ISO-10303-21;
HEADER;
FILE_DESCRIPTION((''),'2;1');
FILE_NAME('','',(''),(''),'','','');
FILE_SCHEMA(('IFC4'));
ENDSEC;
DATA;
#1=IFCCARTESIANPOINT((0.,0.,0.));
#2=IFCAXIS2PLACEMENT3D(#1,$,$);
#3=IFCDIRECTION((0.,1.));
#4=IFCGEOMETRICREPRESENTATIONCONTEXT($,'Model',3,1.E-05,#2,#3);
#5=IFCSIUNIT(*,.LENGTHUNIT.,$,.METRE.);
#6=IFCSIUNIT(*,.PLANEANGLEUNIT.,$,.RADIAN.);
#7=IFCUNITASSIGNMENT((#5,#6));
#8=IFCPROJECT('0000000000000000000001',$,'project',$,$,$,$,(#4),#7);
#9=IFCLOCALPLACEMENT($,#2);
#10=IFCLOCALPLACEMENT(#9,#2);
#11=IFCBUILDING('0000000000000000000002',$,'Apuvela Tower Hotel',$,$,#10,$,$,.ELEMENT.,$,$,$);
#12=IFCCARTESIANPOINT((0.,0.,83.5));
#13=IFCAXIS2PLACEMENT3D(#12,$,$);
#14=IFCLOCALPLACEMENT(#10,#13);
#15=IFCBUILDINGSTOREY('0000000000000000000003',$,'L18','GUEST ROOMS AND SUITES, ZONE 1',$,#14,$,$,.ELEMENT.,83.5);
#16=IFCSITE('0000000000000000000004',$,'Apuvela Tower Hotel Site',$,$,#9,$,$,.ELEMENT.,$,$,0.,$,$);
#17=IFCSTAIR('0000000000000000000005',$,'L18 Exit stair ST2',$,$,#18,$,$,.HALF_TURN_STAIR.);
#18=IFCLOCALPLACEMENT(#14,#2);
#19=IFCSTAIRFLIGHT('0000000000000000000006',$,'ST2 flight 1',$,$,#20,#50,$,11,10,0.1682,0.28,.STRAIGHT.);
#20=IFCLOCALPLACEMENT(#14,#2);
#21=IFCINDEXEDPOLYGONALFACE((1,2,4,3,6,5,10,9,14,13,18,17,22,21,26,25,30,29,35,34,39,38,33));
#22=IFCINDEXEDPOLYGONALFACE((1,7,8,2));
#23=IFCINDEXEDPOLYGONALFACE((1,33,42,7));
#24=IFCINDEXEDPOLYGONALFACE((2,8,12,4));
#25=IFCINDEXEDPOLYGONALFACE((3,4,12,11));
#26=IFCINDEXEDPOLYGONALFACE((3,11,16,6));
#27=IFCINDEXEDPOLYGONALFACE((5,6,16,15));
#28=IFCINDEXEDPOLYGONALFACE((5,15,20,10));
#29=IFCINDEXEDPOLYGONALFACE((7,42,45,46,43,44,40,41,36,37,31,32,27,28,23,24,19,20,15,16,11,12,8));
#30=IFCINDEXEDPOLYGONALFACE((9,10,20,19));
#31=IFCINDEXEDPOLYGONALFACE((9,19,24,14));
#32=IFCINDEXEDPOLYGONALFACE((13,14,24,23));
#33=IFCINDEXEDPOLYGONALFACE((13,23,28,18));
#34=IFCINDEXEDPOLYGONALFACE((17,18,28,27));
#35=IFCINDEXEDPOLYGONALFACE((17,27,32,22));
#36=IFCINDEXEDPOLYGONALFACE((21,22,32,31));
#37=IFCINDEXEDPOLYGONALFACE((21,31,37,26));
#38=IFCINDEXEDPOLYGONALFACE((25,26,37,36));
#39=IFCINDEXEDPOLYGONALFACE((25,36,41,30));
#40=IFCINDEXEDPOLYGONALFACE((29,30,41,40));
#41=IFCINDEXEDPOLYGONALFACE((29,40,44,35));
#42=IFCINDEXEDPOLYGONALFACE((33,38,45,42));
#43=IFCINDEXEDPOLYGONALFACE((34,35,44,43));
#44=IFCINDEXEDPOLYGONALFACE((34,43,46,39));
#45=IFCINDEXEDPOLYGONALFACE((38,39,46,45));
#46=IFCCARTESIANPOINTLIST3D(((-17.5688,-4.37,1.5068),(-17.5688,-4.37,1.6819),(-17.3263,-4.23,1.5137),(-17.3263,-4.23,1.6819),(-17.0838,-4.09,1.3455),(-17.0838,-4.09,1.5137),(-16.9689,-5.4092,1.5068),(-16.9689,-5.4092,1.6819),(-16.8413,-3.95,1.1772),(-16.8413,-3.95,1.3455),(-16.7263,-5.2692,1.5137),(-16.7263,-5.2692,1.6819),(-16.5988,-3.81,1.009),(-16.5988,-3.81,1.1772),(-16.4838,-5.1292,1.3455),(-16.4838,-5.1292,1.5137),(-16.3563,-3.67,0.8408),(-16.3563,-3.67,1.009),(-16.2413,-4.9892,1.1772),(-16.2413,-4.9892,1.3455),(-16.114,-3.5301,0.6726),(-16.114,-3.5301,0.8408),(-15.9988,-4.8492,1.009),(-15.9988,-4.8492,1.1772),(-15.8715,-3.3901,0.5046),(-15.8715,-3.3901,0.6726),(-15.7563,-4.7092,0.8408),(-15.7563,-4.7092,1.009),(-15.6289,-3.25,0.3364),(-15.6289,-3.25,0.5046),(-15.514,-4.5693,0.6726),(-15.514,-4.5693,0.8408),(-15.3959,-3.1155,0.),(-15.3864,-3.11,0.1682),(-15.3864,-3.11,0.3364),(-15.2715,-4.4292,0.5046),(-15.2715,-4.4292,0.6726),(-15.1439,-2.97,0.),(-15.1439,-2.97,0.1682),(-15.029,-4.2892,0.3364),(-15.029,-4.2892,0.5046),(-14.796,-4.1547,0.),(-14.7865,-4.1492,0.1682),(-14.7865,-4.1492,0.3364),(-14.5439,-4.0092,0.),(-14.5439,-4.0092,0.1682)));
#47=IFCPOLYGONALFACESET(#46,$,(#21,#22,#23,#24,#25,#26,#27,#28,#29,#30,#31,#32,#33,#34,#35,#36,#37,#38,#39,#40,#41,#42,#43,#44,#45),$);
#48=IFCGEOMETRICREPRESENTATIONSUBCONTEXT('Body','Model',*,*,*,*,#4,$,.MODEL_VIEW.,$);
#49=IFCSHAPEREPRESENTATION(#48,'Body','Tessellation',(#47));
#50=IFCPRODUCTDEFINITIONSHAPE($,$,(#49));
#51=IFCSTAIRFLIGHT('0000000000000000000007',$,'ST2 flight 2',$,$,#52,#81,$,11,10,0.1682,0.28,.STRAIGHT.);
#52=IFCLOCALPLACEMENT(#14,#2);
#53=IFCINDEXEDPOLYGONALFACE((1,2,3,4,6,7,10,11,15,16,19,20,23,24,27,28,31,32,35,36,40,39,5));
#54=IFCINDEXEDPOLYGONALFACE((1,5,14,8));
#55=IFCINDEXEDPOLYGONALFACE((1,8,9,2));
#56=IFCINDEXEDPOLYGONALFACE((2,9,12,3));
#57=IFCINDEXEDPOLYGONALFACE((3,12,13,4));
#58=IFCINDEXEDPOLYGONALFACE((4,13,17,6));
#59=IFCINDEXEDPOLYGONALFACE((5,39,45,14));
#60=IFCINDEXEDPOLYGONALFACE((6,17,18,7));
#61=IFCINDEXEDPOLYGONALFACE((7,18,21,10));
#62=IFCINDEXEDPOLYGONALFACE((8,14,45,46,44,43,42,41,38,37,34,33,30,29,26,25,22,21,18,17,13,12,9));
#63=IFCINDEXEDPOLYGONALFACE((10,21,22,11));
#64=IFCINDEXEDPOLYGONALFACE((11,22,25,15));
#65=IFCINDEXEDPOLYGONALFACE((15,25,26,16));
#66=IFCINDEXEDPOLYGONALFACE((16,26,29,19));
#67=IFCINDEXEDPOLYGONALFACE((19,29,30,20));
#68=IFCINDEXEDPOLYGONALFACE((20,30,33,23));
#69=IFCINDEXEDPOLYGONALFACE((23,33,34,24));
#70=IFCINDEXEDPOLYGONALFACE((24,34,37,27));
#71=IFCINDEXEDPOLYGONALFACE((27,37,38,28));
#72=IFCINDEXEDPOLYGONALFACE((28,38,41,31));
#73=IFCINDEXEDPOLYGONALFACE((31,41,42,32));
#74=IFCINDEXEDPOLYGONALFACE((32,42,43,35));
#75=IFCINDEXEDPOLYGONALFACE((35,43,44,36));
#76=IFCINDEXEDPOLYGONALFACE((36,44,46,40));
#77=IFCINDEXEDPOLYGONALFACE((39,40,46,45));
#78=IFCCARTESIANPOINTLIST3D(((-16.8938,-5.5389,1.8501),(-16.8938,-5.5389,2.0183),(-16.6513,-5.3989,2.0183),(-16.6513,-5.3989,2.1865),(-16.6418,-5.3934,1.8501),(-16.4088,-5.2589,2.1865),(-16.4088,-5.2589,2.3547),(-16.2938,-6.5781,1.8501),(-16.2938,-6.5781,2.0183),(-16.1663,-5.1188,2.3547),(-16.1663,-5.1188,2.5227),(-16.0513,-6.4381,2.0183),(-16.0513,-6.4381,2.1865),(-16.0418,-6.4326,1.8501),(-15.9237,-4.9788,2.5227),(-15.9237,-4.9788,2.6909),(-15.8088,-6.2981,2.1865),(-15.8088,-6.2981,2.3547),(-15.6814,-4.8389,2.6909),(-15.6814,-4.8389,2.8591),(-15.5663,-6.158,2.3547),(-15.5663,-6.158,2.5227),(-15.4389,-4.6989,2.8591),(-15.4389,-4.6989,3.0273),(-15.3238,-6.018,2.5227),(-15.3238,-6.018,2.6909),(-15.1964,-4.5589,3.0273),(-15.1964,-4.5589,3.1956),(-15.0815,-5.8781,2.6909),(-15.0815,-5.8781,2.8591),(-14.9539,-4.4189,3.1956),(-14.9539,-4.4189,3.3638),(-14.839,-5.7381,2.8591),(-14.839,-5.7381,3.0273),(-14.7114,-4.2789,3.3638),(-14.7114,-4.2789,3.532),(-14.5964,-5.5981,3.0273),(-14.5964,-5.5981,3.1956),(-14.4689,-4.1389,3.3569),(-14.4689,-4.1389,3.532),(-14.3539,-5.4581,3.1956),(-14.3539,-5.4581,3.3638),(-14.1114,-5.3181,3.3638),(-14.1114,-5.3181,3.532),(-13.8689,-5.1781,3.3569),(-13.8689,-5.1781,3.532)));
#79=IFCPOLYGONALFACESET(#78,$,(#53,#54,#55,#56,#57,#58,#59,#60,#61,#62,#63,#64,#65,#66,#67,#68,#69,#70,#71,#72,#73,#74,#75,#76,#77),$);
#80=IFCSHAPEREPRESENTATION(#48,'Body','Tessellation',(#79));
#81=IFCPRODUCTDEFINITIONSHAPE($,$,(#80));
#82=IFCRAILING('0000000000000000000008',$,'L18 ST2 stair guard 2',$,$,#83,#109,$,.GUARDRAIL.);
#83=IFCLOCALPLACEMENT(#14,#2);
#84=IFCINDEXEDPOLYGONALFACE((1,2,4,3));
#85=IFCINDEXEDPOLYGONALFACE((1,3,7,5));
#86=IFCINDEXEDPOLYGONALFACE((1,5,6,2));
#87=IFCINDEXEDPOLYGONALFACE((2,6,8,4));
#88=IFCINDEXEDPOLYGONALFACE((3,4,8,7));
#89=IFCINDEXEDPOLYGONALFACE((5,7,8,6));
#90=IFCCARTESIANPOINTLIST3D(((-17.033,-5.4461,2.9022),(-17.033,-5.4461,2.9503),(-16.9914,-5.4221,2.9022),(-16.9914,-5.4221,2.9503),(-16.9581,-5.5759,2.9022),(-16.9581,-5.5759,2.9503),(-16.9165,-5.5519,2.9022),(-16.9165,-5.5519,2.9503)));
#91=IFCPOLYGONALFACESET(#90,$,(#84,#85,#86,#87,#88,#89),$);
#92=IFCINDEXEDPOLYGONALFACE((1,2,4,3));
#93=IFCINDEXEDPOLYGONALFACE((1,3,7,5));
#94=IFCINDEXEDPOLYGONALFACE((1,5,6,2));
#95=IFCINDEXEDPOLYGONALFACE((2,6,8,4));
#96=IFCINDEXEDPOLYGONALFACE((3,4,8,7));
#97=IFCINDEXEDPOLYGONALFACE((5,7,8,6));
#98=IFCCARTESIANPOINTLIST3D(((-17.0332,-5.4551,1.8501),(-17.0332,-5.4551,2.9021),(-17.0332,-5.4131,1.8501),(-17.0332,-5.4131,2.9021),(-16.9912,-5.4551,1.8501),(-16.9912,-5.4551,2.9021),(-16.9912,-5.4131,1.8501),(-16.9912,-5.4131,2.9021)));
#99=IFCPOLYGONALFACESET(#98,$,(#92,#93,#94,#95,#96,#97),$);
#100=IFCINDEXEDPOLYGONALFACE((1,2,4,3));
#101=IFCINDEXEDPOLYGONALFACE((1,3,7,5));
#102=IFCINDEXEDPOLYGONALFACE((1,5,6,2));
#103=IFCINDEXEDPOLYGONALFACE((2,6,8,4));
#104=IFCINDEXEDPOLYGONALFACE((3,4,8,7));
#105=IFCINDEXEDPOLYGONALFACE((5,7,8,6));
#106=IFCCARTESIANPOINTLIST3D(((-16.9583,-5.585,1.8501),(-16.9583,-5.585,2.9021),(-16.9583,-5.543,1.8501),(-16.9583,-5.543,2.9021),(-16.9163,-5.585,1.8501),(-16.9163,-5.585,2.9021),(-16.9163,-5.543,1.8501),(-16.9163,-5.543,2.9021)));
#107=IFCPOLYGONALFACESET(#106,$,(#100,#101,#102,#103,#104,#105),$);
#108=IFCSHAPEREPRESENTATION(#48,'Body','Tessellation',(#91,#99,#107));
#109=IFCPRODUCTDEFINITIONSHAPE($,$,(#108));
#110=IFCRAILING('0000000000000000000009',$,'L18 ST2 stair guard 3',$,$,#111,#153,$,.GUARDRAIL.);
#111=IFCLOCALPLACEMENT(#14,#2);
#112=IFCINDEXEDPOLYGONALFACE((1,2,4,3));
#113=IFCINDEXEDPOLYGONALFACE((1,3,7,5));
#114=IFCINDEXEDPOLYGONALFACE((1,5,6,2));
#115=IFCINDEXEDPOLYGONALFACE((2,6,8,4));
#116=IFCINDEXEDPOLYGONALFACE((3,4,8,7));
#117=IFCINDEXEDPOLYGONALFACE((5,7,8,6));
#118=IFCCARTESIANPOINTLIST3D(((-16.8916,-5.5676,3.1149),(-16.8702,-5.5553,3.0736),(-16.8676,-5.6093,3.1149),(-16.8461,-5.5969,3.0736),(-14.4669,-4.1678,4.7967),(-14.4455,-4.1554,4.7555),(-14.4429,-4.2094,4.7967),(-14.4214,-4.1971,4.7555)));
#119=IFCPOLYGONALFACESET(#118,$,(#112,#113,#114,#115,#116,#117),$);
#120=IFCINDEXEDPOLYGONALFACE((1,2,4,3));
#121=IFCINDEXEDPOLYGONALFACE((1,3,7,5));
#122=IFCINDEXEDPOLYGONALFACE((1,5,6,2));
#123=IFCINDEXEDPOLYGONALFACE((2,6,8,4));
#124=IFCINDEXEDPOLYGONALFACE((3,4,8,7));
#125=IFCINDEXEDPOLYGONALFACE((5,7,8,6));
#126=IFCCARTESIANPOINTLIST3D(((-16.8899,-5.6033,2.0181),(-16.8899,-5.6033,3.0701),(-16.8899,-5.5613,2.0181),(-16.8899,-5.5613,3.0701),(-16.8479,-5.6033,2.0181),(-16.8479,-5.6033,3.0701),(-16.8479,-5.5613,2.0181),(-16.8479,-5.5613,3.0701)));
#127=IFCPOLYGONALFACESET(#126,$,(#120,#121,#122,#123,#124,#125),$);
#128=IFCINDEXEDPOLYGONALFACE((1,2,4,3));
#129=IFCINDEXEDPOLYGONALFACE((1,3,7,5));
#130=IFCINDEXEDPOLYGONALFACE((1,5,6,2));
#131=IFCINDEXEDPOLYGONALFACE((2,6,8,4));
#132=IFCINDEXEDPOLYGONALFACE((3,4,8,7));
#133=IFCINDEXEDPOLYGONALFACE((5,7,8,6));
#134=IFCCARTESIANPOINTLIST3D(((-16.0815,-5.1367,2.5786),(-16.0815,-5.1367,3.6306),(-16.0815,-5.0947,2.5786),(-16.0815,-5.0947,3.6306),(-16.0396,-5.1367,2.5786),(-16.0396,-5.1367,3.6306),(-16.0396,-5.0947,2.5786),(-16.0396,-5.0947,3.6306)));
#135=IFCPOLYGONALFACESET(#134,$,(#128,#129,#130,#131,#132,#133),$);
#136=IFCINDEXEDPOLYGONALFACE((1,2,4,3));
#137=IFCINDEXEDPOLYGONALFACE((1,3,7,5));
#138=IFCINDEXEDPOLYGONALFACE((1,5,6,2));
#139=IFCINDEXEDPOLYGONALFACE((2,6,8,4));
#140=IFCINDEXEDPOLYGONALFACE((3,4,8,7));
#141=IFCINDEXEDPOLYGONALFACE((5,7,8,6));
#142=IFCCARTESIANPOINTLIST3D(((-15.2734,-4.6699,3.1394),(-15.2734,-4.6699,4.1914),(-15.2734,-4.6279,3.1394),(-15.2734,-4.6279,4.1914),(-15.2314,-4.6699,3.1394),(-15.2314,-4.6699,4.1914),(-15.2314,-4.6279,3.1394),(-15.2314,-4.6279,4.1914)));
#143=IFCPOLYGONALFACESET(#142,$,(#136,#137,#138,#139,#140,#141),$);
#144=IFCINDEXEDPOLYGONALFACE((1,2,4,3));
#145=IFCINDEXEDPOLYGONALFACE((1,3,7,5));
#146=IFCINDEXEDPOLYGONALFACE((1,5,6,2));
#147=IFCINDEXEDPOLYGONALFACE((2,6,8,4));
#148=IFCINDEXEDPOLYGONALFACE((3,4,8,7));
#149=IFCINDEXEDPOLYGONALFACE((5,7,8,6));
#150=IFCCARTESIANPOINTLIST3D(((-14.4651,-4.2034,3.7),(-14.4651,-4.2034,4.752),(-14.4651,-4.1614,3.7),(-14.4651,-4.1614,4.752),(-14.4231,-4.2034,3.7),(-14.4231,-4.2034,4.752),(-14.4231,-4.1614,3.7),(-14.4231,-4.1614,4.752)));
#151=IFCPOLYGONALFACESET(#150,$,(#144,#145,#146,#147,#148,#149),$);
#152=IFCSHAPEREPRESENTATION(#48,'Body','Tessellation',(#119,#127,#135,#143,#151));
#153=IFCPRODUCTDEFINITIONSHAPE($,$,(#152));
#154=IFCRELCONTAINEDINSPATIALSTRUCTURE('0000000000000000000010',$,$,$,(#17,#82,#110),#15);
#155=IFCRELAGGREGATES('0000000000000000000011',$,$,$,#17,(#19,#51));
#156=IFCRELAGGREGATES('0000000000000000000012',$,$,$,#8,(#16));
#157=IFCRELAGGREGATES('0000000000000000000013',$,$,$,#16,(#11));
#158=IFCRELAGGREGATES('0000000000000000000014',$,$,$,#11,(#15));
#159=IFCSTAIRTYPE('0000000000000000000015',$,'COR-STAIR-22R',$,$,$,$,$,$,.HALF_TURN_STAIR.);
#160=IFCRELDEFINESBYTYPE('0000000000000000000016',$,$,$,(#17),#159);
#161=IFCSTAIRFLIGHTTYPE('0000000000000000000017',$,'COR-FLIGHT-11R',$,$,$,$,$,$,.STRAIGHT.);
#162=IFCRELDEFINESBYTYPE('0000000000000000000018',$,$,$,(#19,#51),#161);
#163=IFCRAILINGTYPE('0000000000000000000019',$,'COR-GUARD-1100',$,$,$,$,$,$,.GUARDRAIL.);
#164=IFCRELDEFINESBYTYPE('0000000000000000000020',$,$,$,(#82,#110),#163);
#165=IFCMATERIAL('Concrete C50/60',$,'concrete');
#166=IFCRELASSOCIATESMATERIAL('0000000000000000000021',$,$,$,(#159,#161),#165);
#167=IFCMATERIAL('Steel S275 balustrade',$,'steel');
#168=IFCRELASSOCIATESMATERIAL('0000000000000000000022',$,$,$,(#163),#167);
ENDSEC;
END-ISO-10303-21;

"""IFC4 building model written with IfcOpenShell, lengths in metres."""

from ifc_helpers import new_model, si_unit, direction, frame, origin, origin_2d, place, context, subcontext, project, spatial, polyline, rectangle, outline, extrude, material, type_object, element, aggregate, save


model = new_model("IFC4")

# Units and contexts
model_context = context("Model", 3, precision=1e-05, world=origin(), true_north=direction((0.0, 1.0)))
body_context = subcontext(model_context, "Body", "Model", "MODEL_VIEW")
ifc_project = project(units=[si_unit("LENGTHUNIT", "METRE"), si_unit("PLANEANGLEUNIT", "RADIAN")], contexts=[model_context])

# Site, building, storey
site_placement = place(None, origin())
site = spatial("IfcSite", under=ifc_project, at=site_placement, Name="Apuvela Tower Hotel Site", CompositionType="ELEMENT", RefElevation=0.0)
building_placement = place(site_placement, origin())
building = spatial("IfcBuilding", under=site, at=building_placement, Name="Apuvela Tower Hotel", CompositionType="ELEMENT")
storey_placement = place(building_placement, frame((0.0, 0.0, 83.5)))
storey = spatial("IfcBuildingStorey", under=building, at=storey_placement, Name="L18", Description="GUEST ROOMS AND SUITES, ZONE 1", CompositionType="ELEMENT", Elevation=83.5)

# Shared definitions
ifc_material_1 = material(Name="Concrete C50/60", Category="concrete")

# Stair, stair flights
stair_type = type_object("IfcStairType", Name="COR-STAIR-22R", PredefinedType="HALF_TURN_STAIR", material=ifc_material_1)
stair_placement = place(storey_placement, origin())
stair = element("IfcStair", 1, at=stair_placement, inside=storey, type_object=stair_type, Name="L18 Exit stair ST2", PredefinedType="HALF_TURN_STAIR")
stair_flight_type = type_object("IfcStairFlightType", Name="COR-FLIGHT-11R", PredefinedType="STRAIGHT", material=ifc_material_1)
stair_flight_1_placement = place(storey_placement, frame((-14.844, -3.4895, 0.0), z_axis=(0.0, 0.0, 1.0), x_axis=(-0.866025, -0.5, 0.0)))
stair_flight_1 = element("IfcStairFlight", 2, at=stair_flight_1_placement, type_object=stair_flight_type, Name="ST2 flight 1", NumberOfRisers=11, NumberOfTreads=10, PredefinedType="STRAIGHT", RiserHeight=0.1682, TreadLength=0.28, context=body_context, shape_type="SweptSolid", body=[
    extrude(outline(polyline([(0.0, 0.0), (0.0, 0.1682), (0.28, 0.1682), (0.28, 0.3364), (0.5601, 0.3364), (0.5601, 0.5046), (0.8401, 0.5046), (0.8401, 0.6726), (1.1201, 0.6726), (1.1201, 0.8408), (1.3999, 0.8408), (1.3999, 1.009), (1.6799, 1.009), (1.6799, 1.1772), (1.96, 1.1772), (1.96, 1.3455), (2.24, 1.3455), (2.24, 1.5137), (2.52, 1.5137), (2.52, 1.6819), (2.8, 1.6819), (2.8, 1.8501), (2.8, 1.5068), (0.291, 0.0), (0.0, 0.0)])), frame((0.0, 0.6001, 0.0), z_axis=(0.0, -1.0, 0.0), x_axis=(1.0, 0.0, 0.0)), (0.0, 0.0, 1.0), 1.2),
])
stair_flight_2_placement = place(storey_placement, frame((-16.5938, -6.0586, 1.8501), z_axis=(0.0, 0.0, 1.0), x_axis=(0.866025, 0.5, 0.0)))
stair_flight_2 = element("IfcStairFlight", 3, at=stair_flight_2_placement, type_object=stair_flight_type, Name="ST2 flight 2", NumberOfRisers=11, NumberOfTreads=10, PredefinedType="STRAIGHT", RiserHeight=0.1682, TreadLength=0.28, context=body_context, shape_type="SweptSolid", body=[
    extrude(outline(polyline([(0.0, 0.0), (0.0, 0.1682), (0.28, 0.1682), (0.28, 0.3364), (0.5601, 0.3364), (0.5601, 0.5046), (0.8401, 0.5046), (0.8401, 0.6726), (1.1201, 0.6726), (1.1201, 0.8408), (1.3999, 0.8408), (1.3999, 1.009), (1.6799, 1.009), (1.6799, 1.1772), (1.96, 1.1772), (1.96, 1.3455), (2.24, 1.3455), (2.24, 1.5137), (2.52, 1.5137), (2.52, 1.6819), (2.8, 1.6819), (2.8, 1.8501), (2.8, 1.5068), (0.291, 0.0), (0.0, 0.0)])), frame((0.0, 0.6001, 0.0), z_axis=(0.0, -1.0, 0.0), x_axis=(1.0, 0.0, 0.0)), (0.0, 0.0, 1.0), 1.2),
])
aggregate(stair, [stair_flight_1, stair_flight_2])

# Railings
ifc_material_2 = material(Name="Steel S275 balustrade", Category="steel")
railing_type_1 = type_object("IfcRailingType", Name="COR-GUARD-1100", PredefinedType="GUARDRAIL", material=ifc_material_2)
railing_1_placement = place(storey_placement, frame((-17.0122, -5.4341, 1.8501)))
element("IfcRailing", 4, at=railing_1_placement, inside=storey, type_object=railing_type_1, Name="L18 ST2 stair guard 2", PredefinedType="GUARDRAIL", context=body_context, shape_type="SweptSolid", body=[
    extrude(rectangle(XDim=0.0481, YDim=0.0481, at=origin_2d()), frame((0.0, 0.0, 1.0762), z_axis=(0.499816, -0.866131, 0.0), x_axis=(0.866131, 0.499816, 0.0)), (0.0, 0.0, 1.0), 0.1499),
    extrude(rectangle(XDim=0.042, YDim=0.042, at=origin_2d()), origin(), (0.0, 0.0, 1.0), 1.052),
    extrude(rectangle(XDim=0.042, YDim=0.042, at=origin_2d()), frame((0.075, -0.1299, 0.0)), (0.0, 0.0, 1.0), 1.052),
])
railing_2_placement = place(storey_placement, frame((-16.8689, -5.5823, 2.0181)))
element("IfcRailing", 5, at=railing_2_placement, inside=storey, type_object=railing_type_1, Name="L18 ST2 stair guard 3", PredefinedType="GUARDRAIL", context=body_context, shape_type="SweptSolid", body=[
    extrude(rectangle(XDim=0.0481, YDim=0.0481, at=origin_2d()), frame((0.0, 0.0, 1.0762), z_axis=(0.74239, 0.428601, 0.514934), x_axis=(-0.499984, 0.866035, 0.0)), (0.0, 0.0, 1.0), 3.2661),
    extrude(rectangle(XDim=0.042, YDim=0.042, at=origin_2d()), origin(), (0.0, 0.0, 1.0), 1.052),
    extrude(rectangle(XDim=0.042, YDim=0.042, at=origin_2d()), frame((0.8083, 0.4666, 0.5605)), (0.0, 0.0, 1.0), 1.052),
    extrude(rectangle(XDim=0.042, YDim=0.042, at=origin_2d()), frame((1.6165, 0.9333, 1.1213)), (0.0, 0.0, 1.0), 1.052),
    extrude(rectangle(XDim=0.042, YDim=0.042, at=origin_2d()), frame((2.4248, 1.3999, 1.6819)), (0.0, 0.0, 1.0), 1.052),
])

save(model, "model.ifc")
